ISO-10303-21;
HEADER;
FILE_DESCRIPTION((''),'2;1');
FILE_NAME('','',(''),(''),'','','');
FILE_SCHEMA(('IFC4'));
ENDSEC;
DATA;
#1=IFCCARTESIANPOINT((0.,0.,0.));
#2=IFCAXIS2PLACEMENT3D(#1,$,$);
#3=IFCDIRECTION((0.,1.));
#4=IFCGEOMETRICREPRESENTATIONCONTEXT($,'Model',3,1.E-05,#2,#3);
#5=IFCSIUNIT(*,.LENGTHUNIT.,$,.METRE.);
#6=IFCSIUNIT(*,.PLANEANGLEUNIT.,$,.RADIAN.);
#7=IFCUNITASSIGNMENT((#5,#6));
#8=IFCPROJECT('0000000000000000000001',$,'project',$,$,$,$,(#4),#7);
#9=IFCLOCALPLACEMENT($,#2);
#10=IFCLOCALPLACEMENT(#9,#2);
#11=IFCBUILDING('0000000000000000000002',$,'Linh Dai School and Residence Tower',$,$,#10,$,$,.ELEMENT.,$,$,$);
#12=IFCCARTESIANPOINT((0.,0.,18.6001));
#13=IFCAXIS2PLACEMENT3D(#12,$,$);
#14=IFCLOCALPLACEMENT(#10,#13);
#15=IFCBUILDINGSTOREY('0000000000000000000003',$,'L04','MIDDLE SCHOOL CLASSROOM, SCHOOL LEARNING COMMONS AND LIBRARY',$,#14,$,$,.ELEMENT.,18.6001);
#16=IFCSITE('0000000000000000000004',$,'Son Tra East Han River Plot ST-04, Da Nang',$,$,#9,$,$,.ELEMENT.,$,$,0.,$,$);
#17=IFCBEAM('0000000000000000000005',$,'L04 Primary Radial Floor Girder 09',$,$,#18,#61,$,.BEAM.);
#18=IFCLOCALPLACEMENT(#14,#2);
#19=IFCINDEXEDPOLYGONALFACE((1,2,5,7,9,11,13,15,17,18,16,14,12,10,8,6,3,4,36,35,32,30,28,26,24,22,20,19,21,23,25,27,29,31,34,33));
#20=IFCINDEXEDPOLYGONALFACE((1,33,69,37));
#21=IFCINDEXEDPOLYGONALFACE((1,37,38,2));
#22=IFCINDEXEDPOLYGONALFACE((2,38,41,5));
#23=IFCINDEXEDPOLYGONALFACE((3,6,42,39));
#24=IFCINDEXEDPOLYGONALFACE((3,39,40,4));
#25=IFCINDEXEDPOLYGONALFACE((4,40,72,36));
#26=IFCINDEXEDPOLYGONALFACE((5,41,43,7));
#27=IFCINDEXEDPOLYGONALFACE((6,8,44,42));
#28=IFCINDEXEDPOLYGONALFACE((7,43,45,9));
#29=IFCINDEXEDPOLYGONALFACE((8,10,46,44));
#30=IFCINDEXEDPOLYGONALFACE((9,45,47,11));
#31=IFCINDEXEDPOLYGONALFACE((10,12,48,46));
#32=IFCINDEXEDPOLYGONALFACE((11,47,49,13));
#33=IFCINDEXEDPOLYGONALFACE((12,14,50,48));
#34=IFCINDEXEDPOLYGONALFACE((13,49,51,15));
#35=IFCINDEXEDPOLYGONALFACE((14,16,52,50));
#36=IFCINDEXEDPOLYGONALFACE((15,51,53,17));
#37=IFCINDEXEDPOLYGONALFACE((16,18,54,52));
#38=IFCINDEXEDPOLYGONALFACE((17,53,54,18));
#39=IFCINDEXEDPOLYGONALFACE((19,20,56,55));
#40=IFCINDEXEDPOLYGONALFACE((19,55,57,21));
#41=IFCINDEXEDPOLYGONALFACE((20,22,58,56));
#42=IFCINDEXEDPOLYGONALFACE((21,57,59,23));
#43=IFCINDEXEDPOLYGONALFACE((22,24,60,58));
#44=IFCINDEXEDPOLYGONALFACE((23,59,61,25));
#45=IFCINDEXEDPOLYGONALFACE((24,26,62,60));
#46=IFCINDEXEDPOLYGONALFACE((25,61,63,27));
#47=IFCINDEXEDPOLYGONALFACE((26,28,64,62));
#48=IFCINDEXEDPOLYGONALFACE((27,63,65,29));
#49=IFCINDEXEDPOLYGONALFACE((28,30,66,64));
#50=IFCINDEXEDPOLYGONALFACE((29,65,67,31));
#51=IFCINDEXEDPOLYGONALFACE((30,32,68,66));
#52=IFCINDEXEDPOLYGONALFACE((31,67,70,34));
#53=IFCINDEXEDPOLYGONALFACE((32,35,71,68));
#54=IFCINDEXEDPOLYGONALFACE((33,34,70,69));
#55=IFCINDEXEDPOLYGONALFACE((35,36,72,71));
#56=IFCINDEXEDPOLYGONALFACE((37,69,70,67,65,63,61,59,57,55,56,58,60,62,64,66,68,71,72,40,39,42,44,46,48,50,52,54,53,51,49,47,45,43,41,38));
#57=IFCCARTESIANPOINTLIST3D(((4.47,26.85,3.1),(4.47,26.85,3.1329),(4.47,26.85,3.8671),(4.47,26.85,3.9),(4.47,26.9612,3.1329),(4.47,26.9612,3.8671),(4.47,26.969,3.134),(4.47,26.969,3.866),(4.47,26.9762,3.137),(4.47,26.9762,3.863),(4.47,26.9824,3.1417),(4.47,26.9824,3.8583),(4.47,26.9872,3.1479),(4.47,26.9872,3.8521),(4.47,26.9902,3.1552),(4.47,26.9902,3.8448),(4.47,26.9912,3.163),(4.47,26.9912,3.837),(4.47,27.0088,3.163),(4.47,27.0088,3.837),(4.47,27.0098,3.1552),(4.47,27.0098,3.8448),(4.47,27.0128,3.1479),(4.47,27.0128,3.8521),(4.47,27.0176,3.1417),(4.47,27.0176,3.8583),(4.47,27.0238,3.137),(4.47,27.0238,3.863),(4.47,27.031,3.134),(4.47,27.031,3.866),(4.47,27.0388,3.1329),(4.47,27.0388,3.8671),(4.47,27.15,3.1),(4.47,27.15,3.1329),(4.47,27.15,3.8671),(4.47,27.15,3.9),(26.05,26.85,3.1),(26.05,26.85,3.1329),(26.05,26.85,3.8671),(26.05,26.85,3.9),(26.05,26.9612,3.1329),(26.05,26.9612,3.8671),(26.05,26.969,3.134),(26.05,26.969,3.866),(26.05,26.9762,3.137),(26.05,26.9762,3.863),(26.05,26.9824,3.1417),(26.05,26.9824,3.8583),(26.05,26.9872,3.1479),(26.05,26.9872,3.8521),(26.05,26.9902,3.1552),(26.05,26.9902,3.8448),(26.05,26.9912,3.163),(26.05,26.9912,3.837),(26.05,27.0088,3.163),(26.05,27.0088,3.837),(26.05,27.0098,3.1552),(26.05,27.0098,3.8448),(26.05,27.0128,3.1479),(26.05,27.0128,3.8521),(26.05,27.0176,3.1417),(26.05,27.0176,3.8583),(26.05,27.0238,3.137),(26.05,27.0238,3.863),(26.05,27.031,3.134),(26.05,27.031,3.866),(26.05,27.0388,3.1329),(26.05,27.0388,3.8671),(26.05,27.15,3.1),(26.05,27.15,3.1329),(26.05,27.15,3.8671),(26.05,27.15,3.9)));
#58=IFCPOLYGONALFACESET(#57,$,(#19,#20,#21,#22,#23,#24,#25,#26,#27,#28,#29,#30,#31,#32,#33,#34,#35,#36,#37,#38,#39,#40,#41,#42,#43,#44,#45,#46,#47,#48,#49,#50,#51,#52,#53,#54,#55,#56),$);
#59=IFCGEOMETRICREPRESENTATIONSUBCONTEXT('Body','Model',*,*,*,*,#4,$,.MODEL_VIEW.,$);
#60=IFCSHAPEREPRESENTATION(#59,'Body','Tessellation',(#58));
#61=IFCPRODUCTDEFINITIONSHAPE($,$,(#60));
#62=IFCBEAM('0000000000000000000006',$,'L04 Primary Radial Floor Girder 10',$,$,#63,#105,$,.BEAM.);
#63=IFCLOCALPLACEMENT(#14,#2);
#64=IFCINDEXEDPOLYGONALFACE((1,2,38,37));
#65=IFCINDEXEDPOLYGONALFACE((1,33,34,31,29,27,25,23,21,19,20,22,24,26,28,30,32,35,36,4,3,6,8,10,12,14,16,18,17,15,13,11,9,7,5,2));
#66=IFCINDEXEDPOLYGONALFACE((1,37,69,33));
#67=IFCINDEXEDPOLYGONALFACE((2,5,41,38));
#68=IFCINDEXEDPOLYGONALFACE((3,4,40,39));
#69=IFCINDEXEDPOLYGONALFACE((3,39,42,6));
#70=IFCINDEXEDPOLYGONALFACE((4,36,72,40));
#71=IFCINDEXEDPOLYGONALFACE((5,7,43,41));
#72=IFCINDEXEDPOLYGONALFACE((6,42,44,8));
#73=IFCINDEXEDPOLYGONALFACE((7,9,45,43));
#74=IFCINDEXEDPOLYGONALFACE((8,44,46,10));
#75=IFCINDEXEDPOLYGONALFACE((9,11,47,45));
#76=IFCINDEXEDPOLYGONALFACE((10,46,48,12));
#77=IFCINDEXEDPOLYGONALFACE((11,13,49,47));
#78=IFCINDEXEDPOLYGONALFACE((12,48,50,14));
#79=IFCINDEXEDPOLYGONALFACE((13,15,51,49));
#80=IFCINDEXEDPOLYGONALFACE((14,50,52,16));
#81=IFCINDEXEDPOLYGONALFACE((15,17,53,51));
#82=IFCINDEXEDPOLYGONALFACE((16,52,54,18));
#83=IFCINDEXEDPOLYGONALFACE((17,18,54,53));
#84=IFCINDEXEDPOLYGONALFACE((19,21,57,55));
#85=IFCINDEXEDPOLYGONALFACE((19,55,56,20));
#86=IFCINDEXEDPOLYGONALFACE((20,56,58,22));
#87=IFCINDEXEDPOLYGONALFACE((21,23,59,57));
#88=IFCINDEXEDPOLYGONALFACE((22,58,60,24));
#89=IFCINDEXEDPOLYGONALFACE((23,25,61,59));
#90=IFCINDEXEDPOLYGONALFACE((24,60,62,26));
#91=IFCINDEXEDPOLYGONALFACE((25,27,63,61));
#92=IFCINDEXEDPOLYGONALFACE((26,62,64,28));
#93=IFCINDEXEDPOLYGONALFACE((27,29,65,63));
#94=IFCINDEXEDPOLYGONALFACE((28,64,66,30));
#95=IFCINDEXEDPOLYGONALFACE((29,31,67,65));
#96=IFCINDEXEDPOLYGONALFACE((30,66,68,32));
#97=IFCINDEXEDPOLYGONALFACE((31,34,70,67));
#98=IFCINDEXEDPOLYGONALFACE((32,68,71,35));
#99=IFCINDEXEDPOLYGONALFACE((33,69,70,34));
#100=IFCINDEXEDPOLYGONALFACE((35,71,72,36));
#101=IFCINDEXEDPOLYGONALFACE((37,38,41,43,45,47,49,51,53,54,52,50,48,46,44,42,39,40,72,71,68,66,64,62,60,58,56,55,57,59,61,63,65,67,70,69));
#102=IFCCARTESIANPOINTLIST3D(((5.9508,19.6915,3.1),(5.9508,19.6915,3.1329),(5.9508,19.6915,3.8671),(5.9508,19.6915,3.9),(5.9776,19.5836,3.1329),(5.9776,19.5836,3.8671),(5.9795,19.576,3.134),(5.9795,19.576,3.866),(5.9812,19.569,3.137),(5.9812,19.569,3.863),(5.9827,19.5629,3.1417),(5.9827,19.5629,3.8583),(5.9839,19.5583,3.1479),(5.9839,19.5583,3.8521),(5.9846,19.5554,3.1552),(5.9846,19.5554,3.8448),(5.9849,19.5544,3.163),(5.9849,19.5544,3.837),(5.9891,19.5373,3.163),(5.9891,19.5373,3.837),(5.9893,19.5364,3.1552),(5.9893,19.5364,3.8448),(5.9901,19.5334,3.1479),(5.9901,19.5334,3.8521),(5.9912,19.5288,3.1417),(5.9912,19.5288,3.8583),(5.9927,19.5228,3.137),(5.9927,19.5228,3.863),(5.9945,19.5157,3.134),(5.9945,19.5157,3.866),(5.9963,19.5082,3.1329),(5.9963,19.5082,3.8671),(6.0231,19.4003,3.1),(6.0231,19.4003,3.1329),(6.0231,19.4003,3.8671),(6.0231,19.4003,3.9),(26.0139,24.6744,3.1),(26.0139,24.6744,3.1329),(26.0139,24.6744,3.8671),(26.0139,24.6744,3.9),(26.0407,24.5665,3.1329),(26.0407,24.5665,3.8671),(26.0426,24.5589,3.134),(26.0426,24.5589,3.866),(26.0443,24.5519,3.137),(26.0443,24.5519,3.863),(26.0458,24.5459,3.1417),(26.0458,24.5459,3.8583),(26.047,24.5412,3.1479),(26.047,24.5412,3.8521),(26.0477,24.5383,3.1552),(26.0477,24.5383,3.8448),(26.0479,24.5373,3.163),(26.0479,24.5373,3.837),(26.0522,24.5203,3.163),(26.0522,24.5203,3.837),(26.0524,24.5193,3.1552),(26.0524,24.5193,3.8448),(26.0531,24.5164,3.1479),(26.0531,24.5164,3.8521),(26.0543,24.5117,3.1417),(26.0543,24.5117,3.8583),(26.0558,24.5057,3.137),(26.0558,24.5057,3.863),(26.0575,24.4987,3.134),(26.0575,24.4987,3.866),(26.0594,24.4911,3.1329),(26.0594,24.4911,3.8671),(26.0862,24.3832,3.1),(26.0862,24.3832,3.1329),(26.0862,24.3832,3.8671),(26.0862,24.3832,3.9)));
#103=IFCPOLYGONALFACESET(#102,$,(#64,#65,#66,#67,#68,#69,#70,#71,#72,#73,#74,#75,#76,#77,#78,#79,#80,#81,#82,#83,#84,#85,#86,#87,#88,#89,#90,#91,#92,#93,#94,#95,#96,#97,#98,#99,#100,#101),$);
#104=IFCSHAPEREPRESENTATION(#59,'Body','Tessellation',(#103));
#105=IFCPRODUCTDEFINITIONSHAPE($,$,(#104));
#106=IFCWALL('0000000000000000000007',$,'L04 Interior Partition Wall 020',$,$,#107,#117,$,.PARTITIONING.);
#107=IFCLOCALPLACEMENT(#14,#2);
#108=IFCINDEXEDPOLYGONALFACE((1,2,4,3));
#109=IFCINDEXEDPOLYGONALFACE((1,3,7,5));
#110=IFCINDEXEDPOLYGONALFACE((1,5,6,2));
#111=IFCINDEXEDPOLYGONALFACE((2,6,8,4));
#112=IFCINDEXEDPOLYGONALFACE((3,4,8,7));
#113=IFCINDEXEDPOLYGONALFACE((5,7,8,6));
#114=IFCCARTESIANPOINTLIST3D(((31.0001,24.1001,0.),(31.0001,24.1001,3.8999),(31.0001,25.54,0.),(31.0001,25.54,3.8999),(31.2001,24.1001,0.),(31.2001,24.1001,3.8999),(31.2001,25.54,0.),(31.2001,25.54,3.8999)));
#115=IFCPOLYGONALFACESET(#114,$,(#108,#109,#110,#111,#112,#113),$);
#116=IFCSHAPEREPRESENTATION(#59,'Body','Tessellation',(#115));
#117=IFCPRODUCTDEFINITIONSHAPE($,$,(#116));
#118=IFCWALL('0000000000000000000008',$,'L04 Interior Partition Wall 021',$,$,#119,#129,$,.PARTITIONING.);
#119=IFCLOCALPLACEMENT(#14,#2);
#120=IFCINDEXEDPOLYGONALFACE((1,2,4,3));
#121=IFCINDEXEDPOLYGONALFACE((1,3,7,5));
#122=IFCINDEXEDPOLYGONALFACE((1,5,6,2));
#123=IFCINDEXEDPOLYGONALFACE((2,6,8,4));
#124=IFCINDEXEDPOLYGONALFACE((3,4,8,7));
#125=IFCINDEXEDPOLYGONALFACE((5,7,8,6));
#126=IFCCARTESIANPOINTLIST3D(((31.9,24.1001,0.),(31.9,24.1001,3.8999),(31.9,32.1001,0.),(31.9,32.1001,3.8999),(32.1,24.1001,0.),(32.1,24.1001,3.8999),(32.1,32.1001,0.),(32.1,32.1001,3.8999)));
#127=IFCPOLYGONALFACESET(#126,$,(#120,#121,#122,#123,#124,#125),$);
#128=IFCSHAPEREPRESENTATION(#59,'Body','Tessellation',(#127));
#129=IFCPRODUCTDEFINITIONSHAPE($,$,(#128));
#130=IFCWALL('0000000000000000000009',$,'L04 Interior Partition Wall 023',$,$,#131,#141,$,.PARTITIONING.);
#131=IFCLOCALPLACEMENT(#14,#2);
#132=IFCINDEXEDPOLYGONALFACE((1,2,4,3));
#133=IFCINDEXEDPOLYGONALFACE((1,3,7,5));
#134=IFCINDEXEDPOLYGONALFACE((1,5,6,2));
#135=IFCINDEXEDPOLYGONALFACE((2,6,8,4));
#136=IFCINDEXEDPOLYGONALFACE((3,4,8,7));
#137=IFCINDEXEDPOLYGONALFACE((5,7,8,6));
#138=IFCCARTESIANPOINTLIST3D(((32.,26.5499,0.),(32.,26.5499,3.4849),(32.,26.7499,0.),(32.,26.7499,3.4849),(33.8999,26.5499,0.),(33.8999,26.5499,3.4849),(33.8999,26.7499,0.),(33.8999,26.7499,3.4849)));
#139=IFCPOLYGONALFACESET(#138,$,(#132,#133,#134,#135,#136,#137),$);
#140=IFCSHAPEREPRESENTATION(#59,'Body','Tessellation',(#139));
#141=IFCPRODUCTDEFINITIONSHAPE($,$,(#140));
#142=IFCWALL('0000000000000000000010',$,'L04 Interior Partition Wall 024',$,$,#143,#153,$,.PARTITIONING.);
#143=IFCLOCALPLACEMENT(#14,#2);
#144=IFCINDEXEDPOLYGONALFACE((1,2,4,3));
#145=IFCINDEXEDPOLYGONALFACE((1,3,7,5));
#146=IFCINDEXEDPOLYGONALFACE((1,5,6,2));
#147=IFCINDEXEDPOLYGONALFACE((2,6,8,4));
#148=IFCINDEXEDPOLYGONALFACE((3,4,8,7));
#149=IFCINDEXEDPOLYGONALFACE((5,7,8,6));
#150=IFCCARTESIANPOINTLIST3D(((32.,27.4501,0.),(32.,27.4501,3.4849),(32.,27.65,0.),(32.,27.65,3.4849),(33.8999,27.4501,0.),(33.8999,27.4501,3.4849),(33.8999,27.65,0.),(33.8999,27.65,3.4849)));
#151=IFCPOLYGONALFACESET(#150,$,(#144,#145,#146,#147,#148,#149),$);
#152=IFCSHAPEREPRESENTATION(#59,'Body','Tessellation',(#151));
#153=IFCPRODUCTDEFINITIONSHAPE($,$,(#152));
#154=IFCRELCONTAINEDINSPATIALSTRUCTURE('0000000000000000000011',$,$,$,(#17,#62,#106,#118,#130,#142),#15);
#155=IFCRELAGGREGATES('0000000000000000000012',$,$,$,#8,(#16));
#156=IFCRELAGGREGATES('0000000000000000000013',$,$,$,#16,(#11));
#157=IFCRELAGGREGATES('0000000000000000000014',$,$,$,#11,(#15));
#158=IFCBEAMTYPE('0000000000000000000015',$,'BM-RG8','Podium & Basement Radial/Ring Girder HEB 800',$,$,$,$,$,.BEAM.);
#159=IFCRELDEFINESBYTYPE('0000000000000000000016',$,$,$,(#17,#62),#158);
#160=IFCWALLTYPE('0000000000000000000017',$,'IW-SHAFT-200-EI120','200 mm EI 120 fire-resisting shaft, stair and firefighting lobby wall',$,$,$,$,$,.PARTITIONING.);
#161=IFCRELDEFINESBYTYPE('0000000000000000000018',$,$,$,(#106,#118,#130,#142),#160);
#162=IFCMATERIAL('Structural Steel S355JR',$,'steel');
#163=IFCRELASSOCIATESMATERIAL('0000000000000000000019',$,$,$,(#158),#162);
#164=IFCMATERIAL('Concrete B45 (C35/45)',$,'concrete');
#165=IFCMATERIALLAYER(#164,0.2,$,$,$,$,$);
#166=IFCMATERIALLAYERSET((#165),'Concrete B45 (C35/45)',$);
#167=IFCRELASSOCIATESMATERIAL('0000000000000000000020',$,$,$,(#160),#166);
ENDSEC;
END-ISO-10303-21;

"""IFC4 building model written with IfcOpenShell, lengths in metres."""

from ifc_helpers import new_model, si_unit, direction, frame, frame_2d, origin, origin_2d, place, context, subcontext, project, spatial, rectangle, i_section, extrude, material, layer, layer_set, material_profile, profile_set, type_object, element, save


model = new_model("IFC4")

# Units and contexts
model_context = context("Model", 3, precision=1e-05, world=origin(), true_north=direction((0.0, 1.0)))
body_context = subcontext(model_context, "Body", "Model", "MODEL_VIEW")
ifc_project = project(units=[si_unit("LENGTHUNIT", "METRE"), si_unit("PLANEANGLEUNIT", "RADIAN")], contexts=[model_context])

# Site, building, storey
site_placement = place(None, origin())
site = spatial("IfcSite", under=ifc_project, at=site_placement, Name="Son Tra East Han River Plot ST-04, Da Nang", CompositionType="ELEMENT", RefElevation=0.0)
building_placement = place(site_placement, origin())
building = spatial("IfcBuilding", under=site, at=building_placement, Name="Linh Dai School and Residence Tower", CompositionType="ELEMENT")
storey_placement = place(building_placement, frame((0.0, 0.0, 18.6001)))
storey = spatial("IfcBuildingStorey", under=building, at=storey_placement, Name="L04", Description="MIDDLE SCHOOL CLASSROOM, SCHOOL LEARNING COMMONS AND LIBRARY", CompositionType="ELEMENT", Elevation=18.6001)

# Shared definitions
ifc_material_1 = material(Name="Structural Steel S355JR", Category="steel")

# Beams
ifc_material_profile_1 = material_profile(ifc_material_1, i_section(OverallWidth=0.3, OverallDepth=0.8, WebThickness=0.0176, FlangeThickness=0.033, FilletRadius=0.03, at=origin_2d()), Name="HEB 800")
ifc_profile_set_1 = profile_set([ifc_material_profile_1], Name="Structural Steel S355JR")
beam_type = type_object("IfcBeamType", Name="BM-RG8", Description="Podium & Basement Radial/Ring Girder HEB 800", PredefinedType="BEAM", material=ifc_profile_set_1)
beam_1_placement = place(storey_placement, frame((26.05, 27.0, 3.5), z_axis=(-1.0, 0.0, 0.0), x_axis=(0.0, -1.0, 0.0)))
element("IfcBeam", 1, at=beam_1_placement, inside=storey, type_object=beam_type, Name="L04 Primary Radial Floor Girder 09", PredefinedType="BEAM", context=body_context, shape_type="SweptSolid", body=[
    extrude(i_section(OverallWidth=0.3, OverallDepth=0.8, WebThickness=0.0176, FlangeThickness=0.033, FilletRadius=0.03, at=origin_2d()), origin(), (0.0, 0.0, 1.0), 21.5801),
])
beam_2_placement = place(storey_placement, frame((26.05, 24.5288, 3.5), z_axis=(-0.970515, -0.24104, 0.0), x_axis=(0.24104, -0.970515, 0.0)))
element("IfcBeam", 2, at=beam_2_placement, inside=storey, type_object=beam_type, Name="L04 Primary Radial Floor Girder 10", PredefinedType="BEAM", context=body_context, shape_type="SweptSolid", body=[
    extrude(i_section(OverallWidth=0.3, OverallDepth=0.8, WebThickness=0.0176, FlangeThickness=0.033, FilletRadius=0.03, at=origin_2d()), origin(), (0.0, 0.0, 1.0), 20.6726),
])

# Walls
ifc_material_2 = material(Name="Concrete B45 (C35/45)", Category="concrete")
ifc_layer_1 = layer(ifc_material_2, 0.2)
ifc_layer_set_1 = layer_set([ifc_layer_1], Name="Concrete B45 (C35/45)")
wall_type_1 = type_object("IfcWallType", Name="IW-SHAFT-200-EI120", Description="200 mm EI 120 fire-resisting shaft, stair and firefighting lobby wall", PredefinedType="PARTITIONING", material=ifc_layer_set_1)
wall_1_placement = place(storey_placement, frame((31.1001, 24.1001, 0.0), z_axis=(0.0, 0.0, 1.0), x_axis=(0.0, 1.0, 0.0)))
element("IfcWall", 3, at=wall_1_placement, inside=storey, type_object=wall_type_1, Name="L04 Interior Partition Wall 020", PredefinedType="PARTITIONING", context=body_context, shape_type="SweptSolid", body=[
    extrude(rectangle(XDim=1.4399, YDim=0.2, at=frame_2d((0.72, 0.0))), origin(), (0.0, 0.0, 1.0), 3.8999),
])
wall_2_placement = place(storey_placement, frame((32.0, 24.1001, 0.0), z_axis=(0.0, 0.0, 1.0), x_axis=(0.0, 1.0, 0.0)))
element("IfcWall", 4, at=wall_2_placement, inside=storey, type_object=wall_type_1, Name="L04 Interior Partition Wall 021", PredefinedType="PARTITIONING", context=body_context, shape_type="SweptSolid", body=[
    extrude(rectangle(XDim=8.0, YDim=0.2, at=frame_2d((4.0, 0.0))), origin(), (0.0, 0.0, 1.0), 3.8999),
])

# Walls
for number, where, z_axis, x_axis, name in (
    (5, (32.0, 26.6499, 0.0), (0.0, 0.0, 1.0), (1.0, 0.0, 0.0), "L04 Interior Partition Wall 023"),
    (6, (32.0, 27.55, 0.0), (0.0, 0.0, 1.0), (1.0, 0.0, 0.0), "L04 Interior Partition Wall 024"),
):
    element("IfcWall", number, at=place(storey_placement, frame(where, z_axis=z_axis, x_axis=x_axis)), inside=storey, type_object=wall_type_1, Name=name, PredefinedType="PARTITIONING", context=body_context, shape_type="SweptSolid", body=[
        extrude(rectangle(XDim=1.8999, YDim=0.2, at=frame_2d((0.95, 0.0))), origin(), (0.0, 0.0, 1.0), 3.4849),
    ])

save(model, "model.ifc")
